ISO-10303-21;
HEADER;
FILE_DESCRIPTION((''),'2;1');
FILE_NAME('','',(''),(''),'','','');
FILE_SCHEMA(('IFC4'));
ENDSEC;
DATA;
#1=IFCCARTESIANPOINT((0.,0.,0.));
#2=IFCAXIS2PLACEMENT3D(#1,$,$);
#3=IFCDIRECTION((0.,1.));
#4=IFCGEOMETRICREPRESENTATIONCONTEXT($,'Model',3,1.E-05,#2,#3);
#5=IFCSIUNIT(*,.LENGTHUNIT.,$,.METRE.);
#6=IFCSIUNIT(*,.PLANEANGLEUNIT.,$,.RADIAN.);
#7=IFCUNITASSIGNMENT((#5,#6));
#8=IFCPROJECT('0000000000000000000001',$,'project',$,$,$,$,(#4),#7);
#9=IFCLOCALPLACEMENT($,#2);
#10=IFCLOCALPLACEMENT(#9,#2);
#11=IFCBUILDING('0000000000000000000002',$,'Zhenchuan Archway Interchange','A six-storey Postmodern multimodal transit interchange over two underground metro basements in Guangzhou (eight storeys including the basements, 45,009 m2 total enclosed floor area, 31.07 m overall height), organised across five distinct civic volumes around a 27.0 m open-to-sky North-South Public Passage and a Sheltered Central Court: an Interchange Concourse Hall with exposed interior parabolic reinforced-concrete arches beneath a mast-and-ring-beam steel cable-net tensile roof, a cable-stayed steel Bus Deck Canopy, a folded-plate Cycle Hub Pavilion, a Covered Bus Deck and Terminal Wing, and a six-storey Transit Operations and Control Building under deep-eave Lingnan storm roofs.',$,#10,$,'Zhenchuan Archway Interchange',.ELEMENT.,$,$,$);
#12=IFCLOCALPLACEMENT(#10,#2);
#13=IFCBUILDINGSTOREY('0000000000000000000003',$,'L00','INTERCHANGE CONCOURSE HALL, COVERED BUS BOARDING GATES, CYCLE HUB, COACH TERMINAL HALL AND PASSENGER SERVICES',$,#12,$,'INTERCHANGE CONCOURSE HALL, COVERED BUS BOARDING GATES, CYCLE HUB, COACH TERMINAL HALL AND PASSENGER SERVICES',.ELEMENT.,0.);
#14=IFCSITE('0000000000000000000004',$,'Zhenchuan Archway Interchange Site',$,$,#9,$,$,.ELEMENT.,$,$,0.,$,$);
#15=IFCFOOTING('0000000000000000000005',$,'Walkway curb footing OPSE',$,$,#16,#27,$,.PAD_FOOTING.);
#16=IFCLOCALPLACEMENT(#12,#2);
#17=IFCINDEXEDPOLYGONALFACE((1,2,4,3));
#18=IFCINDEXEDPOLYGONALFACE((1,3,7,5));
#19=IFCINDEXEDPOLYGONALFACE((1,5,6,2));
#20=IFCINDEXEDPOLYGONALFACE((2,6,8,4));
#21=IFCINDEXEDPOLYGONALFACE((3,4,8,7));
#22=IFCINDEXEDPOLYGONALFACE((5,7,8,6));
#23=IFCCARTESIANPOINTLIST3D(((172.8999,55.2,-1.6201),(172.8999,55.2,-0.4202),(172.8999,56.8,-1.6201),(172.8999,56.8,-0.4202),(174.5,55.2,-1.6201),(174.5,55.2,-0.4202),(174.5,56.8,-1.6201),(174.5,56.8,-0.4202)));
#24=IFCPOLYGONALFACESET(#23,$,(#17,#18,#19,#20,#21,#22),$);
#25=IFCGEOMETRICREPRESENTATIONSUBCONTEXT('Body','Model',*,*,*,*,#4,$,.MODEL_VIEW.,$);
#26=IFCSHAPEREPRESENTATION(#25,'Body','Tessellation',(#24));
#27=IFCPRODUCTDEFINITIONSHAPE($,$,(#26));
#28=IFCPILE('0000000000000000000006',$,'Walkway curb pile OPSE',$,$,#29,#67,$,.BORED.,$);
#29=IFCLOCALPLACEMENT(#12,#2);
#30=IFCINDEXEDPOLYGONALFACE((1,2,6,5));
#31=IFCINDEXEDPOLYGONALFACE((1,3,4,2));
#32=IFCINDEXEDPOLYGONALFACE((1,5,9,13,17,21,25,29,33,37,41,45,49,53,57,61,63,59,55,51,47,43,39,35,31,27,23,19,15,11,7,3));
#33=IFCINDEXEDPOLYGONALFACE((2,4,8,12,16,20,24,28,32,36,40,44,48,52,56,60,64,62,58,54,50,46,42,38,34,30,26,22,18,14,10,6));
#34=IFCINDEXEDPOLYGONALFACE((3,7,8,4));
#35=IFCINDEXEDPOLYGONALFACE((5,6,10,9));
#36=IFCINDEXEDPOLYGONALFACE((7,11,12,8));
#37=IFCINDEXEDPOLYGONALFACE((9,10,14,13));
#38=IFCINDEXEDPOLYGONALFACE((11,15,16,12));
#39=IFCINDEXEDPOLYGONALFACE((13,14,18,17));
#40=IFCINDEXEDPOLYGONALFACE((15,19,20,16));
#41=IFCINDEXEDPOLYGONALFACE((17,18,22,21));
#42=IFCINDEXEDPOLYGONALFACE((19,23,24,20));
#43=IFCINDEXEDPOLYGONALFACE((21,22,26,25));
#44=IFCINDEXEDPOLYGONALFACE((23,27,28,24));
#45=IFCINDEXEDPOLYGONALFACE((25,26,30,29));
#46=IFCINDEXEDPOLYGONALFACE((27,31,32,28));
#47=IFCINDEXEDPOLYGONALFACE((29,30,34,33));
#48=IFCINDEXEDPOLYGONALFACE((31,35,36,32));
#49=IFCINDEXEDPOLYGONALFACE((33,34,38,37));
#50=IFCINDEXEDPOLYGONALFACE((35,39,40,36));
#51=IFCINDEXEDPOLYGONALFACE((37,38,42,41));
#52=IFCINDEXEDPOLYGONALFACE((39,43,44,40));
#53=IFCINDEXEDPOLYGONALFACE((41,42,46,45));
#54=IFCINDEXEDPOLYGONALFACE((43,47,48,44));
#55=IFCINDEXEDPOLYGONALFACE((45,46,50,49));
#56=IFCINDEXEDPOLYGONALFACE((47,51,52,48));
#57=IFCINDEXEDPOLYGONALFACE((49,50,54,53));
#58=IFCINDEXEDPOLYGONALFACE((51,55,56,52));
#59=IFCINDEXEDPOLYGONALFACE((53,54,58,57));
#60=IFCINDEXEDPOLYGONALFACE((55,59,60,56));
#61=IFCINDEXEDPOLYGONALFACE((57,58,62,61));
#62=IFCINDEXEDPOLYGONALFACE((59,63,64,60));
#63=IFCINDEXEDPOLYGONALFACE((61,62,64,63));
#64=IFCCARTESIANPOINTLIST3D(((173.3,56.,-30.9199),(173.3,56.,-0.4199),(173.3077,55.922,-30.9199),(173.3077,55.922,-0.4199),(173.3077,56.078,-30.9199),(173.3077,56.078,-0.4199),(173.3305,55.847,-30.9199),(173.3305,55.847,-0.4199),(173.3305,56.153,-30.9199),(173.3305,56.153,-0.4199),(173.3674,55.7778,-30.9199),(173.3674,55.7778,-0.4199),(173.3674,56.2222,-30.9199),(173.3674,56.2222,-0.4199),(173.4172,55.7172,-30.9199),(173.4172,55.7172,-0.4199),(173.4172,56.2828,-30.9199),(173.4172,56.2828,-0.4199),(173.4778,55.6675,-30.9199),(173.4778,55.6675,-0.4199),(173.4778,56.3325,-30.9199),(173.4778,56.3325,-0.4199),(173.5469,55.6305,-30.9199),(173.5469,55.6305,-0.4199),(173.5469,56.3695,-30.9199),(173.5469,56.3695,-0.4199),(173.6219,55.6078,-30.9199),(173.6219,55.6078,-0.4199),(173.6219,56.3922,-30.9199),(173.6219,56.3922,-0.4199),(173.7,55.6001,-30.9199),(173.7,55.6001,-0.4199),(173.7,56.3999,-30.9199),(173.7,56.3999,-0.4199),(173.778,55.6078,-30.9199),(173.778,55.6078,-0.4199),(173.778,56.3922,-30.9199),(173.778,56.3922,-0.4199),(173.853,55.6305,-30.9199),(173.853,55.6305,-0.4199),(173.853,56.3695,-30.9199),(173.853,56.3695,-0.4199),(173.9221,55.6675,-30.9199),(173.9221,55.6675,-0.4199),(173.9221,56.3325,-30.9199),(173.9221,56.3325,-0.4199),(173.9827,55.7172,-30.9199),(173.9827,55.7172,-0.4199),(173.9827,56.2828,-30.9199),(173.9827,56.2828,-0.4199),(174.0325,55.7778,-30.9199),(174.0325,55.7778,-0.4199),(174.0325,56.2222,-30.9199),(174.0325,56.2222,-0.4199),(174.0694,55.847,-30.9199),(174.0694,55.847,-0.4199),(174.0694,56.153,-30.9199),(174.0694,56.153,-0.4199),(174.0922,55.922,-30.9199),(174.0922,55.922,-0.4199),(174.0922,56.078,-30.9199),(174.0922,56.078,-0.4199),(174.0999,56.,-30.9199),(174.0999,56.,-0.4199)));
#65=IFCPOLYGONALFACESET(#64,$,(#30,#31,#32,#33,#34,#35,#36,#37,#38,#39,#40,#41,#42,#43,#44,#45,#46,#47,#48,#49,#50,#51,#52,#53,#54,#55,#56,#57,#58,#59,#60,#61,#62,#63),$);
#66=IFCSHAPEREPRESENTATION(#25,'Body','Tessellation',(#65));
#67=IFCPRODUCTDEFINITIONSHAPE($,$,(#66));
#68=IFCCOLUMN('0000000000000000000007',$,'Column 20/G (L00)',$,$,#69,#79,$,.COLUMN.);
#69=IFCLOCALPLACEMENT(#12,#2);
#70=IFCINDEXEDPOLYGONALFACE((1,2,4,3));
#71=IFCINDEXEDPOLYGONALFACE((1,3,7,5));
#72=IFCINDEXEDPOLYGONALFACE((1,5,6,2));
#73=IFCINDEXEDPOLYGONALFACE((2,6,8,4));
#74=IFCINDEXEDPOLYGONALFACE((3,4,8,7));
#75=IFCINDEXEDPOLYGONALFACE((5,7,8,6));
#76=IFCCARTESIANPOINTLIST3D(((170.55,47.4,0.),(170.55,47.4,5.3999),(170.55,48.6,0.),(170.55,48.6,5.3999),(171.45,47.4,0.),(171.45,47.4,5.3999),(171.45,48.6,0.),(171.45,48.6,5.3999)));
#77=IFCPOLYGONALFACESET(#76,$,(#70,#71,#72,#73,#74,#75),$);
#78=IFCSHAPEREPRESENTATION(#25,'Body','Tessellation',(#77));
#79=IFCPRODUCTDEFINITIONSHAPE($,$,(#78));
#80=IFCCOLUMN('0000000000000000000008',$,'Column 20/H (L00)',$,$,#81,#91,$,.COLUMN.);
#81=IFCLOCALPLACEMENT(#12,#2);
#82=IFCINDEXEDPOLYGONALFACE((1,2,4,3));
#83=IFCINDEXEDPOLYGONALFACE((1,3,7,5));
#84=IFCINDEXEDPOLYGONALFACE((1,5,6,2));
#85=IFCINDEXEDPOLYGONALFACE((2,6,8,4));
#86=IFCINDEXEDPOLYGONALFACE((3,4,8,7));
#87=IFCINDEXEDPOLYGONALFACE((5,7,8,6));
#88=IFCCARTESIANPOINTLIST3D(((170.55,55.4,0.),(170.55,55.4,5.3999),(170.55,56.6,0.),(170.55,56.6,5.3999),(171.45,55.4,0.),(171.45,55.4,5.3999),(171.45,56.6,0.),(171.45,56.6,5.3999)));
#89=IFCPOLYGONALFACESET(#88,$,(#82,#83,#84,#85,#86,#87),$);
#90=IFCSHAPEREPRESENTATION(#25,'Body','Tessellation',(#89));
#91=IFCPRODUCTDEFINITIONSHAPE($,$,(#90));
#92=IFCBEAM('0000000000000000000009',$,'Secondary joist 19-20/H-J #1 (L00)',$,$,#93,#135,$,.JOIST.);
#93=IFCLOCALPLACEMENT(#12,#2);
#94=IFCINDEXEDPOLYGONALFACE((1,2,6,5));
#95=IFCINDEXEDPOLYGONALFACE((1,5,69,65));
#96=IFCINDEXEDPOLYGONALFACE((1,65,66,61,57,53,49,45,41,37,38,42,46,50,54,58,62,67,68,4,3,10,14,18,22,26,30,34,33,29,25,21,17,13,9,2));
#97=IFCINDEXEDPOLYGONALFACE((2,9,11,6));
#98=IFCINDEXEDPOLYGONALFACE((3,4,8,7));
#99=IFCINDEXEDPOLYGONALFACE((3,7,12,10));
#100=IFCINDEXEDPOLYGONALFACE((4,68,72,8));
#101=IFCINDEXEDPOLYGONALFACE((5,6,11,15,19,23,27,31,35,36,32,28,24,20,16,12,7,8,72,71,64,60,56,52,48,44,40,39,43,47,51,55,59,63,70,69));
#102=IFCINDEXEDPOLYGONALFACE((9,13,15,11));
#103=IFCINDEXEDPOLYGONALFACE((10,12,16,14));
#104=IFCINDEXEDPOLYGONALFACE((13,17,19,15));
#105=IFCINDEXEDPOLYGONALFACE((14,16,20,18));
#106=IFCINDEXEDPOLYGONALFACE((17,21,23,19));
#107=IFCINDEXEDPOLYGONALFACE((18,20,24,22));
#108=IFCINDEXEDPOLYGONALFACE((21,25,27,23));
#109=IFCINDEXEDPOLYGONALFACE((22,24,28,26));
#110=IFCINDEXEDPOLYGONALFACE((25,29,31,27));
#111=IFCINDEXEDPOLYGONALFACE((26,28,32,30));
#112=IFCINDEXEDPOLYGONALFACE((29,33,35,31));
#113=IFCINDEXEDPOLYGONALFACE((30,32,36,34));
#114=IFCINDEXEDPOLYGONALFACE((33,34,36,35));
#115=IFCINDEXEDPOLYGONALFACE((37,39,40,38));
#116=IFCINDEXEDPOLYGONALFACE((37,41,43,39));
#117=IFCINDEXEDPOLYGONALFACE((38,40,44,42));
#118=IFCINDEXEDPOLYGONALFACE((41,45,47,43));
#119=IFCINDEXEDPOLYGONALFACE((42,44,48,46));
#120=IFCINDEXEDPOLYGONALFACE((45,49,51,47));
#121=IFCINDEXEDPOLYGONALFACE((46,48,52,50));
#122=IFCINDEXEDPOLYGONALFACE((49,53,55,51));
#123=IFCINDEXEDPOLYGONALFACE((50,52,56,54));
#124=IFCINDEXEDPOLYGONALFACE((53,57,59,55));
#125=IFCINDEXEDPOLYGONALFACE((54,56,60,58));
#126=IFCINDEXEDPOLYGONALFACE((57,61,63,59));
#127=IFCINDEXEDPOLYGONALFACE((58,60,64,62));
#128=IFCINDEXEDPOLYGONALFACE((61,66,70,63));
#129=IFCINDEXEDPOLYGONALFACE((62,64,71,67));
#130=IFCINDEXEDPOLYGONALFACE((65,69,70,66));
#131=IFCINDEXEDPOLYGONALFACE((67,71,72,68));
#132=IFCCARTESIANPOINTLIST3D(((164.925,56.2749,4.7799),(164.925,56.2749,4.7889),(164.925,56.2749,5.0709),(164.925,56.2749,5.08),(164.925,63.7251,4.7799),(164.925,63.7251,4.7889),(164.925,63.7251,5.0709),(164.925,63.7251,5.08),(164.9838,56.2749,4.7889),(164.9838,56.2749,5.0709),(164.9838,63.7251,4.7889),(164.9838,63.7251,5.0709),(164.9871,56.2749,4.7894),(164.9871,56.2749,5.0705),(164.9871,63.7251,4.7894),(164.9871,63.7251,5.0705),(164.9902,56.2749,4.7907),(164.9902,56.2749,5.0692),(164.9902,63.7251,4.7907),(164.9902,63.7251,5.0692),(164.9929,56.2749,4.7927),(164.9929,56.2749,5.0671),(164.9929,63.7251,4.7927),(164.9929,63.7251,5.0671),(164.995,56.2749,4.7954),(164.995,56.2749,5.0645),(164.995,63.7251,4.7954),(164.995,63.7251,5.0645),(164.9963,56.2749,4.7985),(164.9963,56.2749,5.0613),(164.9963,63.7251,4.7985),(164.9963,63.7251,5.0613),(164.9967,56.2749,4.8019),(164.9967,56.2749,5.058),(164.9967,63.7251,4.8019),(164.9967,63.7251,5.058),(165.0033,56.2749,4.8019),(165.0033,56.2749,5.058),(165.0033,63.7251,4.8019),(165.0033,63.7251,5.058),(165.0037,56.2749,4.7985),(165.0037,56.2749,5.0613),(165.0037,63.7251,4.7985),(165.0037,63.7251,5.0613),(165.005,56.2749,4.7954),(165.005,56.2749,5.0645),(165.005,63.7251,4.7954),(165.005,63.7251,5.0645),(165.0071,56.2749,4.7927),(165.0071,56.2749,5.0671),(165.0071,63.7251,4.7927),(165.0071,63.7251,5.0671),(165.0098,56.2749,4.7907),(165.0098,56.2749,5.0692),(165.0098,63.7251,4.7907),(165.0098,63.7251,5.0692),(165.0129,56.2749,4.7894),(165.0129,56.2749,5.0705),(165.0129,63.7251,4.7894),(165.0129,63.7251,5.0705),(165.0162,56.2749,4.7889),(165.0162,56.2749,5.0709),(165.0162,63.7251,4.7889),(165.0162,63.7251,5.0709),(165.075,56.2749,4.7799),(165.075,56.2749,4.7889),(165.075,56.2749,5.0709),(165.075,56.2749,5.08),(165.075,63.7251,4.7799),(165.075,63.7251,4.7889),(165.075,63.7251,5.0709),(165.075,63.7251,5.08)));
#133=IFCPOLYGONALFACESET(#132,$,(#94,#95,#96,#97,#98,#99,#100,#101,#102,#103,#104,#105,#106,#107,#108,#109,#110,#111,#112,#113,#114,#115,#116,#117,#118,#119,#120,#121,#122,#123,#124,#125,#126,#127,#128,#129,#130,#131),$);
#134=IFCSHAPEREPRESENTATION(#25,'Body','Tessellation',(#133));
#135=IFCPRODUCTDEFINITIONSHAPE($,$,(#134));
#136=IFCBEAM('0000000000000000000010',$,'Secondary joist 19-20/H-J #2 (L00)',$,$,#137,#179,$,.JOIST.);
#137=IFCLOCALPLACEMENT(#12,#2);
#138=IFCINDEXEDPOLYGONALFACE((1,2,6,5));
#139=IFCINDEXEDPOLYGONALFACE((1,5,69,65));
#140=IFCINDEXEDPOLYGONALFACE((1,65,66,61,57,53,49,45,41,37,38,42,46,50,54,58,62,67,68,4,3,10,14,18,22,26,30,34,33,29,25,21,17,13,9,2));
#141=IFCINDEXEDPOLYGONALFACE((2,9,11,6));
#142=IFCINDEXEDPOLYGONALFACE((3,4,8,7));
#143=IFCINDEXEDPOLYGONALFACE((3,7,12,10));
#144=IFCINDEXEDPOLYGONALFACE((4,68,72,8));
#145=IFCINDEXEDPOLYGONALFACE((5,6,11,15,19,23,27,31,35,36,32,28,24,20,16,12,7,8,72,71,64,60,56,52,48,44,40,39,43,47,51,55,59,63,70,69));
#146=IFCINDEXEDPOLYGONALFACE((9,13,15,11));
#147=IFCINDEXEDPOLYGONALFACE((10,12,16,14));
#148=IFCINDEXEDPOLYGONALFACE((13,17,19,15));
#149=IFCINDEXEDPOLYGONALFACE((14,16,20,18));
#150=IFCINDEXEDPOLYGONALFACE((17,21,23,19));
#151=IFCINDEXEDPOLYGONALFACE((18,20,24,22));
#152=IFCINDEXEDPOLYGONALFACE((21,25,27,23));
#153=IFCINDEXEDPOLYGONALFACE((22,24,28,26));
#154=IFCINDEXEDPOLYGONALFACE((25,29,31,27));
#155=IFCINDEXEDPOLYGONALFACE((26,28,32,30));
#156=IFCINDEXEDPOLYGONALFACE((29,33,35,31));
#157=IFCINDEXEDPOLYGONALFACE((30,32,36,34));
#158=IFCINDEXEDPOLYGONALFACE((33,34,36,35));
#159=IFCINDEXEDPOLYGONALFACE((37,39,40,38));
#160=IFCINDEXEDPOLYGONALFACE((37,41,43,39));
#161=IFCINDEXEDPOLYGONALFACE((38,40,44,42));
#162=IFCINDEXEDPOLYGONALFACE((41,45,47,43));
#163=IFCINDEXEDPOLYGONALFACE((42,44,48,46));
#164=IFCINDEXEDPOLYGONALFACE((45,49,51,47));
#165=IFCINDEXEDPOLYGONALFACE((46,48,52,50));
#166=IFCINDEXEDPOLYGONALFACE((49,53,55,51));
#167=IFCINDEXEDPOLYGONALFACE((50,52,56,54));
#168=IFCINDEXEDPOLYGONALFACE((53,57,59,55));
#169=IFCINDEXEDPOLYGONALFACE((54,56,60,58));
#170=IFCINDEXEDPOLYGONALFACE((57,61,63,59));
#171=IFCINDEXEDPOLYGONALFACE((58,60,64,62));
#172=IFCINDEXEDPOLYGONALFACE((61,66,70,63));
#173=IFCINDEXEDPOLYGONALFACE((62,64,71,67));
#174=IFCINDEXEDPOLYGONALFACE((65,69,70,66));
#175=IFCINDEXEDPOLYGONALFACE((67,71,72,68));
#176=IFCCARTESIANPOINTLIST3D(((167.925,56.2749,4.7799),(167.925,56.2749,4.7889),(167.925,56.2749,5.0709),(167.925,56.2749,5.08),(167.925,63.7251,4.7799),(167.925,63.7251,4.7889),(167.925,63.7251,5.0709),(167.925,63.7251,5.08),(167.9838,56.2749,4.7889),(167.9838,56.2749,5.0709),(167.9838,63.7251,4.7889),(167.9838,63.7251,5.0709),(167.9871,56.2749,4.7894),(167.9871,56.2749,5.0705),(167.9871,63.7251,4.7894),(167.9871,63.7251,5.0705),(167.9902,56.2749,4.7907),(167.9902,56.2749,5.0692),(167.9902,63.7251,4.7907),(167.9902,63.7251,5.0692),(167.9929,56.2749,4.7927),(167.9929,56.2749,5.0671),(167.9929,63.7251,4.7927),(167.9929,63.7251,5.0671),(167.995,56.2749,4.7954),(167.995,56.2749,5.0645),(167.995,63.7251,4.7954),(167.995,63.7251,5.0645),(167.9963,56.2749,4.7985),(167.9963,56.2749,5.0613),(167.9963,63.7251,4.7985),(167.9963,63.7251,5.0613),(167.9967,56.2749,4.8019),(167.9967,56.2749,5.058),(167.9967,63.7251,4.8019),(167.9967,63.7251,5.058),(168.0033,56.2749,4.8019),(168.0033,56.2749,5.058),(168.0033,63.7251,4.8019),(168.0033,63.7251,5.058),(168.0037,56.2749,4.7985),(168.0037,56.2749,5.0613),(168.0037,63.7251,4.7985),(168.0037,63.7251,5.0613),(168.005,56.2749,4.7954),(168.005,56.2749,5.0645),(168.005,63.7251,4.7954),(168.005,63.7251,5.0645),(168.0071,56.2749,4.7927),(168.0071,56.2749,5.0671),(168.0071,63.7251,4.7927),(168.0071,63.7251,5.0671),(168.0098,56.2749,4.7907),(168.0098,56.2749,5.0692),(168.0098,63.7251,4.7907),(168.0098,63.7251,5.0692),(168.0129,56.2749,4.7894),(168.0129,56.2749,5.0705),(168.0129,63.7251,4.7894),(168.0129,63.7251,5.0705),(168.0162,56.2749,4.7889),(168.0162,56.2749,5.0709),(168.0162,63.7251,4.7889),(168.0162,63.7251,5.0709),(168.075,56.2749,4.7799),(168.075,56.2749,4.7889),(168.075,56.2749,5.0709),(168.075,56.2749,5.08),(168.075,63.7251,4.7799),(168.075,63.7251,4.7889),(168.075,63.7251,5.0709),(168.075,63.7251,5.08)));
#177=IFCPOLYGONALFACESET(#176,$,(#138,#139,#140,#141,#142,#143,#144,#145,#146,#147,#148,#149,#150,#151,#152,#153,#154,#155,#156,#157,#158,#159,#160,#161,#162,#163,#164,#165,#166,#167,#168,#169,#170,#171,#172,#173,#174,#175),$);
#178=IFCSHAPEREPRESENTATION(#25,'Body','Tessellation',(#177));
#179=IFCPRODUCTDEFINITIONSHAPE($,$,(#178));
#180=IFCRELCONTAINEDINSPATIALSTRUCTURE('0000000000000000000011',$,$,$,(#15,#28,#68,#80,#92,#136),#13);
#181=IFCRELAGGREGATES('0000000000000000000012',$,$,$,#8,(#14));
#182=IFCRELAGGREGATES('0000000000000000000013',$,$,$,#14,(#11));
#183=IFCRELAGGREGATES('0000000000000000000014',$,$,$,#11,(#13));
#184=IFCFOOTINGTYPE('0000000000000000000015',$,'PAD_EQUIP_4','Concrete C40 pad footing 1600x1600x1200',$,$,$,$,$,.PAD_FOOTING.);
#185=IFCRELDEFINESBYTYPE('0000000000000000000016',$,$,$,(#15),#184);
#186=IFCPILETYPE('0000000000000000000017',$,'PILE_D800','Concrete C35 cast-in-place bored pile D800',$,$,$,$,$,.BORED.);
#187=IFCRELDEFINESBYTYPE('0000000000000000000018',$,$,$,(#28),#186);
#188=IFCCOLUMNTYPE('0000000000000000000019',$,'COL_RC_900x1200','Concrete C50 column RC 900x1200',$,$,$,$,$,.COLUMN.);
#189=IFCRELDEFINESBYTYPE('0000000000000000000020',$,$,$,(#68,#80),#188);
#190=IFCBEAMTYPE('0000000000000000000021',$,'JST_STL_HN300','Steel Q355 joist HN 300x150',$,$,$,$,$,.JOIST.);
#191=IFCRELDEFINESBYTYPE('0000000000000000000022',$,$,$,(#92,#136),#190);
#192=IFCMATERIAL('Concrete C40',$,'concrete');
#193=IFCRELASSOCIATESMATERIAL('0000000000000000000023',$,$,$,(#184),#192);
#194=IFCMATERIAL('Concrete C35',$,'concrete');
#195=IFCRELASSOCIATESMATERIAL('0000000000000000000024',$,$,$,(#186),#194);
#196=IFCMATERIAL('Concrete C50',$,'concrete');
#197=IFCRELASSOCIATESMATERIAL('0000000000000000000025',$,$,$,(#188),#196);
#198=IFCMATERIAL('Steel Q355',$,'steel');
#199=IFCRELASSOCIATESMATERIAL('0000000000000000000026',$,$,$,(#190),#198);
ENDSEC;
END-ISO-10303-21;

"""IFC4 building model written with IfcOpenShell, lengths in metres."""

from ifc_helpers import new_model, si_unit, direction, frame, origin, origin_2d, place, context, subcontext, project, spatial, rectangle, circle, i_section, extrude, material, material_profile, profile_set, type_object, element, save


model = new_model("IFC4")

# Units and contexts
model_context = context("Model", 3, precision=1e-05, world=origin(), true_north=direction((0.0, 1.0)))
body_context = subcontext(model_context, "Body", "Model", "MODEL_VIEW")
ifc_project = project(units=[si_unit("LENGTHUNIT", "METRE"), si_unit("PLANEANGLEUNIT", "RADIAN")], contexts=[model_context])

# Site, building, storey
site_placement = place(None, origin())
site = spatial("IfcSite", under=ifc_project, at=site_placement, Name="Zhenchuan Archway Interchange Site", CompositionType="ELEMENT", RefElevation=0.0)
building_placement = place(site_placement, origin())
building = spatial("IfcBuilding", under=site, at=building_placement, Name="Zhenchuan Archway Interchange", Description="A six-storey Postmodern multimodal transit interchange over two underground metro basements in Guangzhou (eight storeys including the basements, 45,009 m2 total enclosed floor area, 31.07 m overall height), organised across five distinct civic volumes around a 27.0 m open-to-sky North-South Public Passage and a Sheltered Central Court: an Interchange Concourse Hall with exposed interior parabolic reinforced-concrete arches beneath a mast-and-ring-beam steel cable-net tensile roof, a cable-stayed steel Bus Deck Canopy, a folded-plate Cycle Hub Pavilion, a Covered Bus Deck and Terminal Wing, and a six-storey Transit Operations and Control Building under deep-eave Lingnan storm roofs.", LongName="Zhenchuan Archway Interchange", CompositionType="ELEMENT")
storey_placement = place(building_placement, origin())
storey = spatial("IfcBuildingStorey", under=building, at=storey_placement, Name="L00", Description="INTERCHANGE CONCOURSE HALL, COVERED BUS BOARDING GATES, CYCLE HUB, COACH TERMINAL HALL AND PASSENGER SERVICES", LongName="INTERCHANGE CONCOURSE HALL, COVERED BUS BOARDING GATES, CYCLE HUB, COACH TERMINAL HALL AND PASSENGER SERVICES", CompositionType="ELEMENT", Elevation=0.0)

# Footing
ifc_material_1 = material(Name="Concrete C40", Category="concrete")
footing_type = type_object("IfcFootingType", Name="PAD_EQUIP_4", Description="Concrete C40 pad footing 1600x1600x1200", PredefinedType="PAD_FOOTING", material=ifc_material_1)
footing_placement = place(storey_placement, frame((173.7, 56.0, -1.6201), z_axis=(0.0, 0.0, 1.0), x_axis=(1.0, 0.0, 0.0)))
element("IfcFooting", 1, at=footing_placement, inside=storey, type_object=footing_type, Name="Walkway curb footing OPSE", PredefinedType="PAD_FOOTING", context=body_context, shape_type="SweptSolid", body=[
    extrude(rectangle(XDim=1.6001, YDim=1.6001, at=origin_2d()), origin(), (0.0, 0.0, 1.0), 1.2),
])

# Pile
ifc_material_2 = material(Name="Concrete C35", Category="concrete")
ifc_material_profile_1 = material_profile(ifc_material_2, circle(Radius=0.3999, at=origin_2d()), Name="BORED PILE 800")
ifc_profile_set_1 = profile_set([ifc_material_profile_1], Name="Concrete C35")
pile_type = type_object("IfcPileType", Name="PILE_D800", Description="Concrete C35 cast-in-place bored pile D800", PredefinedType="BORED", material=ifc_profile_set_1)
pile_placement = place(storey_placement, frame((173.7, 56.0, -0.4199), z_axis=(0.0, 0.0, -1.0), x_axis=(1.0, 0.0, 0.0)))
element("IfcPile", 2, at=pile_placement, inside=storey, type_object=pile_type, Name="Walkway curb pile OPSE", PredefinedType="BORED", context=body_context, shape_type="SweptSolid", body=[
    extrude(circle(Radius=0.3999, at=origin_2d()), origin(), (0.0, 0.0, 1.0), 30.5),
])

# Columns
ifc_material_3 = material(Name="Concrete C50", Category="concrete")
ifc_material_profile_2 = material_profile(ifc_material_3, rectangle(XDim=0.8999, YDim=1.2, at=origin_2d()), Name="RC 900x1200")
ifc_profile_set_2 = profile_set([ifc_material_profile_2], Name="Concrete C50")
column_type = type_object("IfcColumnType", Name="COL_RC_900x1200", Description="Concrete C50 column RC 900x1200", PredefinedType="COLUMN", material=ifc_profile_set_2)
for number, where, z_axis, x_axis, name in (
    (3, (171.0, 48.0, 0.0), (0.0, 0.0, 1.0), (1.0, 0.0, 0.0), "Column 20/G (L00)"),
    (4, (171.0, 56.0, 0.0), (0.0, 0.0, 1.0), (1.0, 0.0, 0.0), "Column 20/H (L00)"),
):
    element("IfcColumn", number, at=place(storey_placement, frame(where, z_axis=z_axis, x_axis=x_axis)), inside=storey, type_object=column_type, Name=name, PredefinedType="COLUMN", context=body_context, shape_type="SweptSolid", body=[
        extrude(rectangle(XDim=0.8999, YDim=1.2, at=origin_2d()), origin(), (0.0, 0.0, 1.0), 5.3999),
    ])

# Beams
ifc_material_4 = material(Name="Steel Q355", Category="steel")
ifc_material_profile_3 = material_profile(ifc_material_4, i_section(OverallWidth=0.1499, OverallDepth=0.3, WebThickness=0.0066, FlangeThickness=0.009, FilletRadius=0.0129, at=origin_2d()), Name="HN 300x150")
ifc_profile_set_3 = profile_set([ifc_material_profile_3], Name="Steel Q355")
beam_type_1 = type_object("IfcBeamType", Name="JST_STL_HN300", Description="Steel Q355 joist HN 300x150", PredefinedType="JOIST", material=ifc_profile_set_3)
for number, where, z_axis, x_axis, name in (
    (5, (165.0, 56.2749, 4.9299), (0.0, 1.0, 0.0), (-1.0, 0.0, 0.0), "Secondary joist 19-20/H-J #1 (L00)"),
    (6, (168.0, 56.2749, 4.9299), (0.0, 1.0, 0.0), (-1.0, 0.0, 0.0), "Secondary joist 19-20/H-J #2 (L00)"),
):
    element("IfcBeam", number, at=place(storey_placement, frame(where, z_axis=z_axis, x_axis=x_axis)), inside=storey, type_object=beam_type_1, Name=name, PredefinedType="JOIST", context=body_context, shape_type="SweptSolid", body=[
        extrude(i_section(OverallWidth=0.1499, OverallDepth=0.3, WebThickness=0.0066, FlangeThickness=0.009, FilletRadius=0.0129, at=origin_2d()), origin(), (0.0, 0.0, 1.0), 7.4502),
    ])

save(model, "model.ifc")
